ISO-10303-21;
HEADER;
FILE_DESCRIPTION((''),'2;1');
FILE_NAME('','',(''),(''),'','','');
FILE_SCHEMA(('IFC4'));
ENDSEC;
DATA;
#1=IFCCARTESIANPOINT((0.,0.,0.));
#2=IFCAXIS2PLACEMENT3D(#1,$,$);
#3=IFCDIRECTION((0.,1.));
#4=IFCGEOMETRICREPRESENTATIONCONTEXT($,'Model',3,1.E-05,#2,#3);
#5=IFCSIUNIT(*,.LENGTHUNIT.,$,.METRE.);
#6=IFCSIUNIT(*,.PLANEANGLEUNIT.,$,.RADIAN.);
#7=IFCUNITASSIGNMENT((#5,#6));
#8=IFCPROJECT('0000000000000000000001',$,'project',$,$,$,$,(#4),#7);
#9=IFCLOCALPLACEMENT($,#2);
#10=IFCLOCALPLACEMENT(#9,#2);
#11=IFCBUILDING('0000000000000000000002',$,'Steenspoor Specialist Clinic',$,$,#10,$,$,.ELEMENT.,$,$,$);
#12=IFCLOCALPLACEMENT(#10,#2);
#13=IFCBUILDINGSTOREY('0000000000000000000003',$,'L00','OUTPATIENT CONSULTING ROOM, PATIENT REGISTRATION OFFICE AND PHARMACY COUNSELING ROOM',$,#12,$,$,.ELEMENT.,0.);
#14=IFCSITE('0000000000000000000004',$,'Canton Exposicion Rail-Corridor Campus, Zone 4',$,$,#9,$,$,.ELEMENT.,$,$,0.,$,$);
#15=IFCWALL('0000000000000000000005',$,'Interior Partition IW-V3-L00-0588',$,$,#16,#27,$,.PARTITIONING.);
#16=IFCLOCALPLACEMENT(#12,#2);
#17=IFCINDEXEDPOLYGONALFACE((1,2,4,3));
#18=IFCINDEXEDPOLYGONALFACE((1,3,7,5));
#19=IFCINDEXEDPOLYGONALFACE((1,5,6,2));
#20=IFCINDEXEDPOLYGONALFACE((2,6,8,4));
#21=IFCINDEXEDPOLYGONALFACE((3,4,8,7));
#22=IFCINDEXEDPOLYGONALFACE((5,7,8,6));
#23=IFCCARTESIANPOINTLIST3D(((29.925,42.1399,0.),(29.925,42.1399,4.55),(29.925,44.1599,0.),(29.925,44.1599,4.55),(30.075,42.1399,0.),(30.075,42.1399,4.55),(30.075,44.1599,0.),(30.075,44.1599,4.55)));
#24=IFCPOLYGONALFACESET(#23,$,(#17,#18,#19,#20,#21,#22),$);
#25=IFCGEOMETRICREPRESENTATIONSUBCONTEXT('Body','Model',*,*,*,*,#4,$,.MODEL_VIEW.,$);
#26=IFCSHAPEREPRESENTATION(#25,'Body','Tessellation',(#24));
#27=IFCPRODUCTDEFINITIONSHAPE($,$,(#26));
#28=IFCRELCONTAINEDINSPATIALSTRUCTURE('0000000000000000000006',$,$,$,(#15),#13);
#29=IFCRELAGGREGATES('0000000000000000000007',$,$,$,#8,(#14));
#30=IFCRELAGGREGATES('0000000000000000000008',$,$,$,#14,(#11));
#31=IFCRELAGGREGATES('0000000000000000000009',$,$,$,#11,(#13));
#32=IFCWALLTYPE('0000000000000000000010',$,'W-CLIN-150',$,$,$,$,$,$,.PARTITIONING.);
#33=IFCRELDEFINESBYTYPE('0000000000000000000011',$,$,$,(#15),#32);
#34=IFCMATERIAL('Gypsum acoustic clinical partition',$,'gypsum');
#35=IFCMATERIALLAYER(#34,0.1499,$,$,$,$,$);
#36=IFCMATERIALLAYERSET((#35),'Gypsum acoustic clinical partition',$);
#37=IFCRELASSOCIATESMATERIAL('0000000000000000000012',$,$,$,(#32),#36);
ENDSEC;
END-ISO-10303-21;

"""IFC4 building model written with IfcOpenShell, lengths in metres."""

from ifc_helpers import new_model, si_unit, direction, frame, frame_2d, origin, place, context, subcontext, project, spatial, rectangle, extrude, material, layer, layer_set, type_object, element, save


model = new_model("IFC4")

# Units and contexts
model_context = context("Model", 3, precision=1e-05, world=origin(), true_north=direction((0.0, 1.0)))
body_context = subcontext(model_context, "Body", "Model", "MODEL_VIEW")
ifc_project = project(units=[si_unit("LENGTHUNIT", "METRE"), si_unit("PLANEANGLEUNIT", "RADIAN")], contexts=[model_context])

# Site, building, storey
site_placement = place(None, origin())
site = spatial("IfcSite", under=ifc_project, at=site_placement, Name="Canton Exposicion Rail-Corridor Campus, Zone 4", CompositionType="ELEMENT", RefElevation=0.0)
building_placement = place(site_placement, origin())
building = spatial("IfcBuilding", under=site, at=building_placement, Name="Steenspoor Specialist Clinic", CompositionType="ELEMENT")
storey_placement = place(building_placement, origin())
storey = spatial("IfcBuildingStorey", under=building, at=storey_placement, Name="L00", Description="OUTPATIENT CONSULTING ROOM, PATIENT REGISTRATION OFFICE AND PHARMACY COUNSELING ROOM", CompositionType="ELEMENT", Elevation=0.0)

# Shared definitions
ifc_material_1 = material(Name="Gypsum acoustic clinical partition", Category="gypsum")
ifc_layer = layer(ifc_material_1, 0.1499)
ifc_layer_set = layer_set([ifc_layer], Name="Gypsum acoustic clinical partition")
wall_type = type_object("IfcWallType", Name="W-CLIN-150", PredefinedType="PARTITIONING", material=ifc_layer_set)

# Wall
wall_1_placement = place(storey_placement, frame((30.0, 42.1399, 0.0), z_axis=(0.0, 0.0, 1.0), x_axis=(0.0, 1.0, 0.0)))
element("IfcWall", 1, at=wall_1_placement, inside=storey, type_object=wall_type, Name="Interior Partition IW-V3-L00-0588", PredefinedType="PARTITIONING", context=body_context, shape_type="SweptSolid", body=[
    extrude(rectangle(XDim=2.02, YDim=0.1499, at=frame_2d((1.01, 0.0))), origin(), (0.0, 0.0, 1.0), 4.55),
])

save(model, "model.ifc")
